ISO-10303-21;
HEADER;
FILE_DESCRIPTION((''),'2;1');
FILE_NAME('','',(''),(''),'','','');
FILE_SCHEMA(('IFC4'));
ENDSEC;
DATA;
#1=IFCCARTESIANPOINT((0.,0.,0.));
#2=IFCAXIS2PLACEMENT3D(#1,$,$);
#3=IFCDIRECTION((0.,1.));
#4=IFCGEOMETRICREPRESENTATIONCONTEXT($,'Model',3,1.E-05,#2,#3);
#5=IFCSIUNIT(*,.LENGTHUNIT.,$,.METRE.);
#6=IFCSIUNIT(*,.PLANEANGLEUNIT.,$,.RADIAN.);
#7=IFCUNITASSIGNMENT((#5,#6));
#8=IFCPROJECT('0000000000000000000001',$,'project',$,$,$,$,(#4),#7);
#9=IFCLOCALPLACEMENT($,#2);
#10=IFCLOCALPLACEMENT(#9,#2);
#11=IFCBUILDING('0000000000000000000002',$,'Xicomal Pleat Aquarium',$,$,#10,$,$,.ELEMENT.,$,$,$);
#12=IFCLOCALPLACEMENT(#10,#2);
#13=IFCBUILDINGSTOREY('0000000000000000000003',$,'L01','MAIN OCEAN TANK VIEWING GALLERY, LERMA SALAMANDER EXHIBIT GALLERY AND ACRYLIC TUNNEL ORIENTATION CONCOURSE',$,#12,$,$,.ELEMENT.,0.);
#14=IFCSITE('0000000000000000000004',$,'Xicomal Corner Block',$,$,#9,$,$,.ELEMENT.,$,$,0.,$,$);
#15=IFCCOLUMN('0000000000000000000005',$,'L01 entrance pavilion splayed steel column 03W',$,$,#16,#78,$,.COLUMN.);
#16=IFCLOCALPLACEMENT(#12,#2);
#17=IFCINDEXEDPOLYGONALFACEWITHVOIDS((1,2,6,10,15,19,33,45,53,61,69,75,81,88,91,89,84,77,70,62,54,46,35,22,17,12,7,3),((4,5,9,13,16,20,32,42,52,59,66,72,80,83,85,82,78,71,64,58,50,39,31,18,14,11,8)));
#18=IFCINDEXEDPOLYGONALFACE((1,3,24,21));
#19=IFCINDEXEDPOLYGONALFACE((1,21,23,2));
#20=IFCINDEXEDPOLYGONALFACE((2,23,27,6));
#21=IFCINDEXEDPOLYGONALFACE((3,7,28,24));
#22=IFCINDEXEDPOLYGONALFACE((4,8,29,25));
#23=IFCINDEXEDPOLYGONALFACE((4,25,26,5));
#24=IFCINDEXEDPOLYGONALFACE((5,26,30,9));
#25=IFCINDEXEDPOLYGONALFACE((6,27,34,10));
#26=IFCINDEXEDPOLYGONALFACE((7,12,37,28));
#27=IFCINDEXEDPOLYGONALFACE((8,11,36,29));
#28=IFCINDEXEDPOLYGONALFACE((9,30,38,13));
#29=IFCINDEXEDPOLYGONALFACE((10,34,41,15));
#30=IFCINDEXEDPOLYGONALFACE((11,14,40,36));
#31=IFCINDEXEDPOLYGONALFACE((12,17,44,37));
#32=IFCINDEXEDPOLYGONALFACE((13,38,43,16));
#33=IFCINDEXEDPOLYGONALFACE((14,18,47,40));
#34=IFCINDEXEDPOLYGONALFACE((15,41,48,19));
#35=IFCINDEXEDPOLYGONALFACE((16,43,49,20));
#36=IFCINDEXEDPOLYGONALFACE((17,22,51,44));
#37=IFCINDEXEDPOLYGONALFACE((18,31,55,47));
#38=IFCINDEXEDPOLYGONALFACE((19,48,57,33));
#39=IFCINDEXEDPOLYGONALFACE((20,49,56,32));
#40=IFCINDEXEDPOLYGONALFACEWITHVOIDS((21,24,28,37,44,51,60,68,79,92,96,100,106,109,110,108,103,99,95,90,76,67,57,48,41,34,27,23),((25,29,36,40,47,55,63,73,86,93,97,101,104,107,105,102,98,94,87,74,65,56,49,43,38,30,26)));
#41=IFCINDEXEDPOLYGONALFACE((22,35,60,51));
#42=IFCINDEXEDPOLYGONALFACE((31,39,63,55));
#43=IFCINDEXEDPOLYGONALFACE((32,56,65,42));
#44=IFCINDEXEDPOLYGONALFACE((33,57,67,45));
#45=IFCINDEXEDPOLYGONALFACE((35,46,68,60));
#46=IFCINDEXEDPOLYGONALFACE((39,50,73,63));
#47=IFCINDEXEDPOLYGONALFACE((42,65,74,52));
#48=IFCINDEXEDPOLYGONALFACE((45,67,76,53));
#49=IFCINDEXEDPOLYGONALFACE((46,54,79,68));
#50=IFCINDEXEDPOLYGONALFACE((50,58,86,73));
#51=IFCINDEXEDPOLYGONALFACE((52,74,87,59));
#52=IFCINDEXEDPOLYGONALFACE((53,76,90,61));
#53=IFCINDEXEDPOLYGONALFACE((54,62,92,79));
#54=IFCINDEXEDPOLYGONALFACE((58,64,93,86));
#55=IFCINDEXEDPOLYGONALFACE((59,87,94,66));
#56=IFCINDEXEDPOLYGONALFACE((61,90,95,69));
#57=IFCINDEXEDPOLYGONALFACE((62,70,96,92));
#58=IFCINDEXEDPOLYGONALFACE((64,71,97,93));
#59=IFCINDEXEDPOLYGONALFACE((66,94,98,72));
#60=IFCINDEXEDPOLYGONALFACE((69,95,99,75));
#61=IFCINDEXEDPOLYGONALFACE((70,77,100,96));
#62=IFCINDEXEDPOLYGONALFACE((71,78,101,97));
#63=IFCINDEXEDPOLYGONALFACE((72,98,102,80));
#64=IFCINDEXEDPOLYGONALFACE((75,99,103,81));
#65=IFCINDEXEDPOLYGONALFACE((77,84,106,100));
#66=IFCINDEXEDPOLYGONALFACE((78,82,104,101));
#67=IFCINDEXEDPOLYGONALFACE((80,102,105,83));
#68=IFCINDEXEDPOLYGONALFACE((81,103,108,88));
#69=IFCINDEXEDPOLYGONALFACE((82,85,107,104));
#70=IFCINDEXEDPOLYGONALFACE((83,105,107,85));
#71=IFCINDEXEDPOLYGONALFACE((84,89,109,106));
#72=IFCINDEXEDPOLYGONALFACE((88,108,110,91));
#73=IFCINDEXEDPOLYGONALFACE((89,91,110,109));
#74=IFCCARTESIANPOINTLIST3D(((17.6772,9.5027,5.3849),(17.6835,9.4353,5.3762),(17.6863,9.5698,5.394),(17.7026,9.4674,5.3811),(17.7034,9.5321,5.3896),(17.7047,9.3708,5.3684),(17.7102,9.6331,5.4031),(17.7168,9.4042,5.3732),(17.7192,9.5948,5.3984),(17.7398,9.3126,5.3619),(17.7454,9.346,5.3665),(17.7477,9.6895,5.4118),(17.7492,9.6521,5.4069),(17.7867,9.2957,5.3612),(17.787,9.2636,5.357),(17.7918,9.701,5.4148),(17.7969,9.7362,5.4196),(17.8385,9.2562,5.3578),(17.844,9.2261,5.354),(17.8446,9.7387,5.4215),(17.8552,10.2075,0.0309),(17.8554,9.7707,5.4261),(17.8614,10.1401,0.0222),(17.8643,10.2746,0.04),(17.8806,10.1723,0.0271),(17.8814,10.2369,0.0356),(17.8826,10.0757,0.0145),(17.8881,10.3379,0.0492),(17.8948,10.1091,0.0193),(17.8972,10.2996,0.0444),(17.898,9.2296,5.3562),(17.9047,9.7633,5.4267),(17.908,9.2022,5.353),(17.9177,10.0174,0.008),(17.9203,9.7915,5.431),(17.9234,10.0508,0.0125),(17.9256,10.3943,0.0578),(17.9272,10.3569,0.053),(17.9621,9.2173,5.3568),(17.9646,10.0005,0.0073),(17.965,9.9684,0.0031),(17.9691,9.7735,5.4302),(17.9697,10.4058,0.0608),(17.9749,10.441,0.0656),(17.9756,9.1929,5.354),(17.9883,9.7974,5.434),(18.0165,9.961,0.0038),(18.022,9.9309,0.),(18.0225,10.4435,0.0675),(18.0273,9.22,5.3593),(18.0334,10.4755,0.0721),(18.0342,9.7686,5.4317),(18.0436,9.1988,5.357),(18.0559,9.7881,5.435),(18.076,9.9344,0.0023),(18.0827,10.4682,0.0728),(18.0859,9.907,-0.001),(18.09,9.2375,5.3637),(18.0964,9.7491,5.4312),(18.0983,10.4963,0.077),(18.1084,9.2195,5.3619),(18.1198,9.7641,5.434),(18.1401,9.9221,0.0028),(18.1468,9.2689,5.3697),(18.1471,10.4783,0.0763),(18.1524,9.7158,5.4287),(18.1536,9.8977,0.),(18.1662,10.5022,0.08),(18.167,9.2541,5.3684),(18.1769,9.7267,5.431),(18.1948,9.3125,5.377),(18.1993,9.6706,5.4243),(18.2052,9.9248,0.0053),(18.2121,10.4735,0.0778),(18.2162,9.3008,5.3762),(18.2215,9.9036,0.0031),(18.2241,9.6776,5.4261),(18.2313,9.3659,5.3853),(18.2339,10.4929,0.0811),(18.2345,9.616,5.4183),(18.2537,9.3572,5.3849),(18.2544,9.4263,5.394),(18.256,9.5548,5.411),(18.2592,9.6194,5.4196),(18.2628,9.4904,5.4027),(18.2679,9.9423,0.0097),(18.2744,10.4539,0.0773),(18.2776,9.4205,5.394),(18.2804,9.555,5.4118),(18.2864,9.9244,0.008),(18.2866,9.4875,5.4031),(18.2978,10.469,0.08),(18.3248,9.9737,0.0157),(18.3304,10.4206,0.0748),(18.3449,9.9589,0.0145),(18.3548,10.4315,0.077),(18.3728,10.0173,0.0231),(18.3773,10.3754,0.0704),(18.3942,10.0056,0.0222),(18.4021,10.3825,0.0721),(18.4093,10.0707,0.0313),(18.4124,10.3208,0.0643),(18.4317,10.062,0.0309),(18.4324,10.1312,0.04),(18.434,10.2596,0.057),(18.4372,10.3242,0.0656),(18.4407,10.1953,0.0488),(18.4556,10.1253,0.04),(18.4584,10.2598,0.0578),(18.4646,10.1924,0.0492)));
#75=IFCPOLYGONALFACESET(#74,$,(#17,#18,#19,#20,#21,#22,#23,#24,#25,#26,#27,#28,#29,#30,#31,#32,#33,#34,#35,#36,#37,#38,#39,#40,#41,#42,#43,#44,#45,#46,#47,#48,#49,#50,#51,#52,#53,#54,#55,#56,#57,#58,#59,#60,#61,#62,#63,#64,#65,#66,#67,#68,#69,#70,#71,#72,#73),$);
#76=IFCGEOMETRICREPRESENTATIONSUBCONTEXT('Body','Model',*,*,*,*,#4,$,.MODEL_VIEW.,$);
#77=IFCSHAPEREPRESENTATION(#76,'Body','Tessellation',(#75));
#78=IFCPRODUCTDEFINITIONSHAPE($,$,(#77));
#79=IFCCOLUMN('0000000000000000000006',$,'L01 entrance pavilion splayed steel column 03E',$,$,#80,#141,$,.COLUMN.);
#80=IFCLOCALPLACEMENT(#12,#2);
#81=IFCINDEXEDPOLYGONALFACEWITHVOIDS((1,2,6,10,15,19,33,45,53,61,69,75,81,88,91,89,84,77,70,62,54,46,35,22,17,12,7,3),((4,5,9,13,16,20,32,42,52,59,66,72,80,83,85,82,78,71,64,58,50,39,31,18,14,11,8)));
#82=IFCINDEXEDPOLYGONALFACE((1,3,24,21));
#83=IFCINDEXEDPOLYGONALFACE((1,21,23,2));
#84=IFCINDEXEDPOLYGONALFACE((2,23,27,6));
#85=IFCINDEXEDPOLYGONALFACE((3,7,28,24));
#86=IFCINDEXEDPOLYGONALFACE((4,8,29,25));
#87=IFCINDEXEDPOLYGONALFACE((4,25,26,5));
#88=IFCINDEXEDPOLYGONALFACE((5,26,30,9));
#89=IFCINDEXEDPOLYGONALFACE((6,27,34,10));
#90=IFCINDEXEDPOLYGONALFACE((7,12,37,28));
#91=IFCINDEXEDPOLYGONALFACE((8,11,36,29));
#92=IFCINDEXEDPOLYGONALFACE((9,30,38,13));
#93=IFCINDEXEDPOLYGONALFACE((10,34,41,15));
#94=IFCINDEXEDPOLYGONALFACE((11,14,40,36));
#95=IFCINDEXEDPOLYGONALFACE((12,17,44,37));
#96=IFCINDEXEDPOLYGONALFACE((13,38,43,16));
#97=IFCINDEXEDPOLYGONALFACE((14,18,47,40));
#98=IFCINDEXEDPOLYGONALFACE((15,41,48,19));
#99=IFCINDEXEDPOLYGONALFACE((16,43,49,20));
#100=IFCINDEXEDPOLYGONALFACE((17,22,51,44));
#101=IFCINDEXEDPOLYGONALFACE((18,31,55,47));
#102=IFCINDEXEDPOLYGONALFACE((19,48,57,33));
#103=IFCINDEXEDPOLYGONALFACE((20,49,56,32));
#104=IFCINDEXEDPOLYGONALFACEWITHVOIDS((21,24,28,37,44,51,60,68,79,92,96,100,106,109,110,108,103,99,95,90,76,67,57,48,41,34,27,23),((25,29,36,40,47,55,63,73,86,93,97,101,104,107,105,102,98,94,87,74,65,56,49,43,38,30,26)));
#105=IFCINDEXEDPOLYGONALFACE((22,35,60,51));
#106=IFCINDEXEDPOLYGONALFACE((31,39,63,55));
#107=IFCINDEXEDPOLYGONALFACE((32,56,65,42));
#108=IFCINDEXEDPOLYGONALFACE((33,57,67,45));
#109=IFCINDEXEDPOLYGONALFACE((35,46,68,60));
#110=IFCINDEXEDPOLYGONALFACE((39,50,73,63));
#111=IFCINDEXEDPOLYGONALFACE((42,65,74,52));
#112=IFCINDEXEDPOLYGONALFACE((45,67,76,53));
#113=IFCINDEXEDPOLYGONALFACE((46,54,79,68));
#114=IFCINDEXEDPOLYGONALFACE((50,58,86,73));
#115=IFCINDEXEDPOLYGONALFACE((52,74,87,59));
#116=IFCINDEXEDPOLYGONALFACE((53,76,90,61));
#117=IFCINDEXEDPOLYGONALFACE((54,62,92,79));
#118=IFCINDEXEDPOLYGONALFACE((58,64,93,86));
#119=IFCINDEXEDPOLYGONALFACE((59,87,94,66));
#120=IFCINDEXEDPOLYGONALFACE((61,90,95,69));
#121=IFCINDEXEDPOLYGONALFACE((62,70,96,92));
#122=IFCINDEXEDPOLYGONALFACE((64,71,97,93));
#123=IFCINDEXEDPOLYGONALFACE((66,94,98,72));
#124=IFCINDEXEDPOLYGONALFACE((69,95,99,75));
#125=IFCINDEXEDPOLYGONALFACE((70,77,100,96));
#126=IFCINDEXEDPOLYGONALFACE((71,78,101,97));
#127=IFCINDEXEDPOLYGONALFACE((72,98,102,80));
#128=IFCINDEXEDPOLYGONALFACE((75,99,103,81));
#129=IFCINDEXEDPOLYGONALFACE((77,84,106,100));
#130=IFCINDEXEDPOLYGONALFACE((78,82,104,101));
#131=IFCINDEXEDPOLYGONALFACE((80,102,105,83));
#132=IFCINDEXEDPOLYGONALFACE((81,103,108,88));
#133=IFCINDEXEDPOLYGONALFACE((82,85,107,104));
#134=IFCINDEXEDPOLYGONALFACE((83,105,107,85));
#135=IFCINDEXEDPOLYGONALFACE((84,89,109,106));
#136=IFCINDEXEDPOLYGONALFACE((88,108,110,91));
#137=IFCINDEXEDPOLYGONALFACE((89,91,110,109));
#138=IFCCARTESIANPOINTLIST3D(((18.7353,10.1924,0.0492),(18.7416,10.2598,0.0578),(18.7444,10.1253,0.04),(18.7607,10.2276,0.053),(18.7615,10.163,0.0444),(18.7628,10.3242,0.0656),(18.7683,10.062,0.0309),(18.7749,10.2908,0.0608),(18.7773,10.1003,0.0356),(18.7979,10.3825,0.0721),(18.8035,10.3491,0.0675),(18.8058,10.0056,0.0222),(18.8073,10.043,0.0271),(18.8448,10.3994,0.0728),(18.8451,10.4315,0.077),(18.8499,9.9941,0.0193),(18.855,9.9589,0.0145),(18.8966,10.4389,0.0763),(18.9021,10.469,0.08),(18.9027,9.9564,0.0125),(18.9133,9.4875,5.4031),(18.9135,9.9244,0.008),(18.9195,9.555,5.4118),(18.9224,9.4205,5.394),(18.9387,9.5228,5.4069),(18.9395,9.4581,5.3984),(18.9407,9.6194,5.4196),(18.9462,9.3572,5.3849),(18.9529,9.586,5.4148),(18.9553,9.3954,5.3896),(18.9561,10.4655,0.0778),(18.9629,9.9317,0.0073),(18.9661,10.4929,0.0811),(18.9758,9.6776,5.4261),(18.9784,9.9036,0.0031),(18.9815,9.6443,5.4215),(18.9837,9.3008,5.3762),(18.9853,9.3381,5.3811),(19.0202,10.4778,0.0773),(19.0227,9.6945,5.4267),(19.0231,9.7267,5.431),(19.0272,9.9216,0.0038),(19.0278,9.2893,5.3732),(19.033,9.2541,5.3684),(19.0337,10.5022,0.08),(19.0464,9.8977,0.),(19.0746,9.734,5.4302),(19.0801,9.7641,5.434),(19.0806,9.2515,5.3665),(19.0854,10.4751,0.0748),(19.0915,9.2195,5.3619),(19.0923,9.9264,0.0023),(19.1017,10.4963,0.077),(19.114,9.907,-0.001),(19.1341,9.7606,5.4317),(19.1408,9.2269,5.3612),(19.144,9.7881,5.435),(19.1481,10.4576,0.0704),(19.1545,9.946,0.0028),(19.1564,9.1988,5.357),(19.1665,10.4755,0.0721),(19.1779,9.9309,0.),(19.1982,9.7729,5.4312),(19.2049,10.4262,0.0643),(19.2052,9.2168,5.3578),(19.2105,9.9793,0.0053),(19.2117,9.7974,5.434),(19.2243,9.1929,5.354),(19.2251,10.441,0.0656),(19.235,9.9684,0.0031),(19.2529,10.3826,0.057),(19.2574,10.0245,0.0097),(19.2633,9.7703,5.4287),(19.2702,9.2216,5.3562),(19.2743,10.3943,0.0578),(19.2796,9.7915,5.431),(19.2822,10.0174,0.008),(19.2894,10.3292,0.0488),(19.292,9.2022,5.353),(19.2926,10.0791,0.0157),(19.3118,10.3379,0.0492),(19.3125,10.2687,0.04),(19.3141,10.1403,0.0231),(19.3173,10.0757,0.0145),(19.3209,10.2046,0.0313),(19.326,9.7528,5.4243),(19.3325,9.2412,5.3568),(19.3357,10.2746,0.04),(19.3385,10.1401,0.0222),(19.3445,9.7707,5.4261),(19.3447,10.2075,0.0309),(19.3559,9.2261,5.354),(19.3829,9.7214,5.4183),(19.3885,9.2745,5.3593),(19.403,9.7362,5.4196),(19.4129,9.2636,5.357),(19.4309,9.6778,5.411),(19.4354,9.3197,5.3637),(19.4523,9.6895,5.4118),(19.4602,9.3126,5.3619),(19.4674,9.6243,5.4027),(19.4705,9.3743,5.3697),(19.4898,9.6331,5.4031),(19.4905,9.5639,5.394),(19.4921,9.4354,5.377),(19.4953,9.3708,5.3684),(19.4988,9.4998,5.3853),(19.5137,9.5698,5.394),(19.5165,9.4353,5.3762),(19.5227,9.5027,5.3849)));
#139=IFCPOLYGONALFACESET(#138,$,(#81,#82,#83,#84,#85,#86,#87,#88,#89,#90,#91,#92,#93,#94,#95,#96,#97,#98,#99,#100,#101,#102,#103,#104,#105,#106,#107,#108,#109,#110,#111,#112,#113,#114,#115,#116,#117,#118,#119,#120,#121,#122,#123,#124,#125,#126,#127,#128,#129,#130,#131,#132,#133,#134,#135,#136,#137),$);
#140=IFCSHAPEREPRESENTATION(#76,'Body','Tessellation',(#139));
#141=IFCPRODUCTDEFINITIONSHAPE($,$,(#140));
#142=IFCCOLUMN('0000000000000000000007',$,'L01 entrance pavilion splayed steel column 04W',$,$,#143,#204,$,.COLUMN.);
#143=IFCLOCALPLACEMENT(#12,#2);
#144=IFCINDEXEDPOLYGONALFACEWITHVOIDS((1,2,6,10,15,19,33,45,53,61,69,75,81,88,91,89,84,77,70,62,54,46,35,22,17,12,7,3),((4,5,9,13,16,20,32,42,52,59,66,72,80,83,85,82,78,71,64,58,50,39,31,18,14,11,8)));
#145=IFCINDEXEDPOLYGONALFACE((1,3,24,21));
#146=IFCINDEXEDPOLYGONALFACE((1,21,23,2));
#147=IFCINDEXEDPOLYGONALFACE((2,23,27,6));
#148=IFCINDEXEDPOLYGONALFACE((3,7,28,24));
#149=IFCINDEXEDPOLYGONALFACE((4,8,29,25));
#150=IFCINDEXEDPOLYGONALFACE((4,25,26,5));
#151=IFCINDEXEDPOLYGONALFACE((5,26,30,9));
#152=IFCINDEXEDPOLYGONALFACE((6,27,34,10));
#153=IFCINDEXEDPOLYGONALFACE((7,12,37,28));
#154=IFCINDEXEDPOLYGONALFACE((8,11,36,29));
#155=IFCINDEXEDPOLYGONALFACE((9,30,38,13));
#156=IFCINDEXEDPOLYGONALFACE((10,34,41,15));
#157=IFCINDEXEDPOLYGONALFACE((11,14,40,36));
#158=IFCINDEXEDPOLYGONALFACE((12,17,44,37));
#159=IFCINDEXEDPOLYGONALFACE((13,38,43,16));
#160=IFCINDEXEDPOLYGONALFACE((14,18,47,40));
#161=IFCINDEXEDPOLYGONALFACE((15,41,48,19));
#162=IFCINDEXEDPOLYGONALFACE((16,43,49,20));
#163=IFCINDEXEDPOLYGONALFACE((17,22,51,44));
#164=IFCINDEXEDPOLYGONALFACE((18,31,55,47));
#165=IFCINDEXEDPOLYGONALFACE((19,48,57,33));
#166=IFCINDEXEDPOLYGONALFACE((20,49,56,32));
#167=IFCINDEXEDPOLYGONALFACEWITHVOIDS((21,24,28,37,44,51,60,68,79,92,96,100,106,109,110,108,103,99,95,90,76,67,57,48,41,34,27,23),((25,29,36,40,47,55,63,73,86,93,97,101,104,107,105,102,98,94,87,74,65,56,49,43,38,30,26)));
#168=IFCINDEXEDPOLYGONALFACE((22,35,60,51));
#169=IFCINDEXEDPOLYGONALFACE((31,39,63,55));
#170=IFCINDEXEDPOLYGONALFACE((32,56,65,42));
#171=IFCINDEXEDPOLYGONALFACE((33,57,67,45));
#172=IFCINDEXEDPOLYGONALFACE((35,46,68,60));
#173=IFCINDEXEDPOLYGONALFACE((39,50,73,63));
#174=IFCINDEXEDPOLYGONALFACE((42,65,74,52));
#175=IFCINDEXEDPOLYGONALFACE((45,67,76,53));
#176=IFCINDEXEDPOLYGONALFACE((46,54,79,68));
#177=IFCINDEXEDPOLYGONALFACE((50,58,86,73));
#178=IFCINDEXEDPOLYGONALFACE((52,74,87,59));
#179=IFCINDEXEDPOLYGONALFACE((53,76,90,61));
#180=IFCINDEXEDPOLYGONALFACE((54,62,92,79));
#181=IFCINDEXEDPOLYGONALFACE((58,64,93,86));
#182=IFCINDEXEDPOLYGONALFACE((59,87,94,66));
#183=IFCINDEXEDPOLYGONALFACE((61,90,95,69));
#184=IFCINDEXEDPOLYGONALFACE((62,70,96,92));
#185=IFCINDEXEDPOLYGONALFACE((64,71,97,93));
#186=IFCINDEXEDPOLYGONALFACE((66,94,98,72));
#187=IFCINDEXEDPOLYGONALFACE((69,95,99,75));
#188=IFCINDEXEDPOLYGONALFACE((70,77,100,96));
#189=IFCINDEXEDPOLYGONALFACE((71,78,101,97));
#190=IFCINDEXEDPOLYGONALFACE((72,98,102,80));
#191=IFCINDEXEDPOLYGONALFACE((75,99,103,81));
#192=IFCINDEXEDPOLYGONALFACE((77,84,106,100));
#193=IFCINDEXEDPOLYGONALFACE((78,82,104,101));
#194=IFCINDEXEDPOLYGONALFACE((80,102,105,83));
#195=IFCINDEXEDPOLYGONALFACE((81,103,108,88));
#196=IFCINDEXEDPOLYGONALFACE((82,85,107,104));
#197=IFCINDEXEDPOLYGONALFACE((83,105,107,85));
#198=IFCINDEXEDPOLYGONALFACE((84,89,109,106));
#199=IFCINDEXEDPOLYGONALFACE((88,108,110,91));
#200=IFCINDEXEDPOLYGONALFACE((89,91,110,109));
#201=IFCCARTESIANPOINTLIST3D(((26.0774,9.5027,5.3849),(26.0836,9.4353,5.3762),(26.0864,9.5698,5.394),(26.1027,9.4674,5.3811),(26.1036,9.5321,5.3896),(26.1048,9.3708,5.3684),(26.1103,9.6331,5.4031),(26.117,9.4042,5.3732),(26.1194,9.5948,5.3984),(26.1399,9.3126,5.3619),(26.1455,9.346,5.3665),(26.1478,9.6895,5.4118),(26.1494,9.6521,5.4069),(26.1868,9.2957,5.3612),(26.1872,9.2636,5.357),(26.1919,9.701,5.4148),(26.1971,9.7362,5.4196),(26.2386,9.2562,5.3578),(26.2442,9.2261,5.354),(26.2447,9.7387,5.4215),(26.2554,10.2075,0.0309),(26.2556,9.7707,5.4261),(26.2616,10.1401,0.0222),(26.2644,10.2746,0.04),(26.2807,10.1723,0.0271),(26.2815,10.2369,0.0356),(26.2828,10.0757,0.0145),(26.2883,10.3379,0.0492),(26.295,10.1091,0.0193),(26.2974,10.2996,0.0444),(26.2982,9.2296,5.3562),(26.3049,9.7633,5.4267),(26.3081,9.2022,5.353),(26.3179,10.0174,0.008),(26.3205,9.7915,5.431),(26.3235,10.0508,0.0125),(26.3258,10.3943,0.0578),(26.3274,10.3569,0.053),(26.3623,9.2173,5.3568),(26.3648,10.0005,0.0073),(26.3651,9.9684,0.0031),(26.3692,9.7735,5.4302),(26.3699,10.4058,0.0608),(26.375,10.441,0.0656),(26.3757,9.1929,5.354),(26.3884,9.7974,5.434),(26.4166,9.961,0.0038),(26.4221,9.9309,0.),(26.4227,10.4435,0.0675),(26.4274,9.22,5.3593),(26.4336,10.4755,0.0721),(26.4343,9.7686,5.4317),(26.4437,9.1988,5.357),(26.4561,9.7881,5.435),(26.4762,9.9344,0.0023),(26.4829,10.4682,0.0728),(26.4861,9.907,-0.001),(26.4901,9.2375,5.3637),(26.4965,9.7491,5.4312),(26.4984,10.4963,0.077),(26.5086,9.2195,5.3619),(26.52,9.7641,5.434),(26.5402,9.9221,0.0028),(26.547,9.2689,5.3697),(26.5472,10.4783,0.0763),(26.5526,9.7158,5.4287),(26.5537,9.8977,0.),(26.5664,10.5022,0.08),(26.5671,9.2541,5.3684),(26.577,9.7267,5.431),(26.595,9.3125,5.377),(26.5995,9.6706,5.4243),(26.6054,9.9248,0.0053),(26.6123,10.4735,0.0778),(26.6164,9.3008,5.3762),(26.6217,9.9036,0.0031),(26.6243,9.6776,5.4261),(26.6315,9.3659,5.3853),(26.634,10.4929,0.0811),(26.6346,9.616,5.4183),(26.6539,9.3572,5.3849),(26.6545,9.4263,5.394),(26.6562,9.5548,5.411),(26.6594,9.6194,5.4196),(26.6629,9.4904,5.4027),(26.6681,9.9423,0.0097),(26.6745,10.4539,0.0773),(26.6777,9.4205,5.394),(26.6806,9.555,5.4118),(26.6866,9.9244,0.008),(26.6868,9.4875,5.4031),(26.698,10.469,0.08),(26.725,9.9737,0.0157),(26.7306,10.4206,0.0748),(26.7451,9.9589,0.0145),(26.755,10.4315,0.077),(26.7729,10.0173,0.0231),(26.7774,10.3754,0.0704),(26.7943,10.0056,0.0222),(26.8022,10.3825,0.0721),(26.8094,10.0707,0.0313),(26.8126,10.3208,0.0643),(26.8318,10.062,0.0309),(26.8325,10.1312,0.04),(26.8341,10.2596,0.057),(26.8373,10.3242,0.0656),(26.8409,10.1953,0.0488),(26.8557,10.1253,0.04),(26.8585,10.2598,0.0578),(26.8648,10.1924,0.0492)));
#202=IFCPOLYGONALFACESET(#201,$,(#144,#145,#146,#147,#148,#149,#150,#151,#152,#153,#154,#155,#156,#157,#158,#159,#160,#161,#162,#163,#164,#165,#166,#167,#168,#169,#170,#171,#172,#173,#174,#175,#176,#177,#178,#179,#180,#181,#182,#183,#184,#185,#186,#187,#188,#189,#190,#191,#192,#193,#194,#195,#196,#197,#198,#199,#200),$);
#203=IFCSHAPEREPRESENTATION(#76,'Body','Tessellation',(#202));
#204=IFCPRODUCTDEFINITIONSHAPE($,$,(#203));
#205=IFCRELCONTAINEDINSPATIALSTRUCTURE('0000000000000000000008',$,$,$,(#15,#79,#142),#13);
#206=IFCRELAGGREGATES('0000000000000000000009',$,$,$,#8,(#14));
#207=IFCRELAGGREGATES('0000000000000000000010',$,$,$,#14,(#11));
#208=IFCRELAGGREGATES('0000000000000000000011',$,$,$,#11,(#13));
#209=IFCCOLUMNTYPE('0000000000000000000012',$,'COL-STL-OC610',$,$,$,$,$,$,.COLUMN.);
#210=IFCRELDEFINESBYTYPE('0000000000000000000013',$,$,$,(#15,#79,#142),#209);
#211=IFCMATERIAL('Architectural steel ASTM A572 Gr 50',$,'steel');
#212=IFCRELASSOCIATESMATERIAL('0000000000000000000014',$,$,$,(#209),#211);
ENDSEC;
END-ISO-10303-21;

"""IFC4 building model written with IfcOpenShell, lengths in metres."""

from ifc_helpers import new_model, si_unit, direction, frame, origin, origin_2d, place, context, subcontext, project, spatial, hollow_circle, extrude, material, material_profile, profile_set, type_object, element, save


model = new_model("IFC4")

# Units and contexts
model_context = context("Model", 3, precision=1e-05, world=origin(), true_north=direction((0.0, 1.0)))
body_context = subcontext(model_context, "Body", "Model", "MODEL_VIEW")
ifc_project = project(units=[si_unit("LENGTHUNIT", "METRE"), si_unit("PLANEANGLEUNIT", "RADIAN")], contexts=[model_context])

# Site, building, storey
site_placement = place(None, origin())
site = spatial("IfcSite", under=ifc_project, at=site_placement, Name="Xicomal Corner Block", CompositionType="ELEMENT", RefElevation=0.0)
building_placement = place(site_placement, origin())
building = spatial("IfcBuilding", under=site, at=building_placement, Name="Xicomal Pleat Aquarium", CompositionType="ELEMENT")
storey_placement = place(building_placement, origin())
storey = spatial("IfcBuildingStorey", under=building, at=storey_placement, Name="L01", Description="MAIN OCEAN TANK VIEWING GALLERY, LERMA SALAMANDER EXHIBIT GALLERY AND ACRYLIC TUNNEL ORIENTATION CONCOURSE", CompositionType="ELEMENT", Elevation=0.0)

# Columns
ifc_material_1 = material(Name="Architectural steel ASTM A572 Gr 50", Category="steel")
ifc_material_profile_1 = material_profile(ifc_material_1, hollow_circle(Radius=0.3049, WallThickness=0.0239, at=origin_2d()), Name="OC 610x24")
ifc_profile_set_1 = profile_set([ifc_material_profile_1], Name="Architectural steel ASTM A572 Gr 50")
column_type_1 = type_object("IfcColumnType", Name="COL-STL-OC610", PredefinedType="COLUMN", material=ifc_profile_set_1)
for number, where, z_axis, x_axis, name in (
    (1, (18.1599, 10.2, 0.04), (-0.03294, -0.130449, 0.990908), (0.969567, -0.244827, 0.0), "L01 entrance pavilion splayed steel column 03W"),
    (2, (19.04, 10.2, 0.04), (0.03294, -0.130449, 0.990908), (0.969567, 0.244827, 0.0), "L01 entrance pavilion splayed steel column 03E"),
    (3, (26.5601, 10.2, 0.04), (-0.03294, -0.130449, 0.990908), (0.969567, -0.244827, 0.0), "L01 entrance pavilion splayed steel column 04W"),
):
    element("IfcColumn", number, at=place(storey_placement, frame(where, z_axis=z_axis, x_axis=x_axis)), inside=storey, type_object=column_type_1, Name=name, PredefinedType="COLUMN", context=body_context, shape_type="SweptSolid", body=[
        extrude(hollow_circle(Radius=0.3049, WallThickness=0.0239, at=origin_2d()), origin(), (0.0, 0.0, 1.0), 5.4031),
    ])

save(model, "model.ifc")
